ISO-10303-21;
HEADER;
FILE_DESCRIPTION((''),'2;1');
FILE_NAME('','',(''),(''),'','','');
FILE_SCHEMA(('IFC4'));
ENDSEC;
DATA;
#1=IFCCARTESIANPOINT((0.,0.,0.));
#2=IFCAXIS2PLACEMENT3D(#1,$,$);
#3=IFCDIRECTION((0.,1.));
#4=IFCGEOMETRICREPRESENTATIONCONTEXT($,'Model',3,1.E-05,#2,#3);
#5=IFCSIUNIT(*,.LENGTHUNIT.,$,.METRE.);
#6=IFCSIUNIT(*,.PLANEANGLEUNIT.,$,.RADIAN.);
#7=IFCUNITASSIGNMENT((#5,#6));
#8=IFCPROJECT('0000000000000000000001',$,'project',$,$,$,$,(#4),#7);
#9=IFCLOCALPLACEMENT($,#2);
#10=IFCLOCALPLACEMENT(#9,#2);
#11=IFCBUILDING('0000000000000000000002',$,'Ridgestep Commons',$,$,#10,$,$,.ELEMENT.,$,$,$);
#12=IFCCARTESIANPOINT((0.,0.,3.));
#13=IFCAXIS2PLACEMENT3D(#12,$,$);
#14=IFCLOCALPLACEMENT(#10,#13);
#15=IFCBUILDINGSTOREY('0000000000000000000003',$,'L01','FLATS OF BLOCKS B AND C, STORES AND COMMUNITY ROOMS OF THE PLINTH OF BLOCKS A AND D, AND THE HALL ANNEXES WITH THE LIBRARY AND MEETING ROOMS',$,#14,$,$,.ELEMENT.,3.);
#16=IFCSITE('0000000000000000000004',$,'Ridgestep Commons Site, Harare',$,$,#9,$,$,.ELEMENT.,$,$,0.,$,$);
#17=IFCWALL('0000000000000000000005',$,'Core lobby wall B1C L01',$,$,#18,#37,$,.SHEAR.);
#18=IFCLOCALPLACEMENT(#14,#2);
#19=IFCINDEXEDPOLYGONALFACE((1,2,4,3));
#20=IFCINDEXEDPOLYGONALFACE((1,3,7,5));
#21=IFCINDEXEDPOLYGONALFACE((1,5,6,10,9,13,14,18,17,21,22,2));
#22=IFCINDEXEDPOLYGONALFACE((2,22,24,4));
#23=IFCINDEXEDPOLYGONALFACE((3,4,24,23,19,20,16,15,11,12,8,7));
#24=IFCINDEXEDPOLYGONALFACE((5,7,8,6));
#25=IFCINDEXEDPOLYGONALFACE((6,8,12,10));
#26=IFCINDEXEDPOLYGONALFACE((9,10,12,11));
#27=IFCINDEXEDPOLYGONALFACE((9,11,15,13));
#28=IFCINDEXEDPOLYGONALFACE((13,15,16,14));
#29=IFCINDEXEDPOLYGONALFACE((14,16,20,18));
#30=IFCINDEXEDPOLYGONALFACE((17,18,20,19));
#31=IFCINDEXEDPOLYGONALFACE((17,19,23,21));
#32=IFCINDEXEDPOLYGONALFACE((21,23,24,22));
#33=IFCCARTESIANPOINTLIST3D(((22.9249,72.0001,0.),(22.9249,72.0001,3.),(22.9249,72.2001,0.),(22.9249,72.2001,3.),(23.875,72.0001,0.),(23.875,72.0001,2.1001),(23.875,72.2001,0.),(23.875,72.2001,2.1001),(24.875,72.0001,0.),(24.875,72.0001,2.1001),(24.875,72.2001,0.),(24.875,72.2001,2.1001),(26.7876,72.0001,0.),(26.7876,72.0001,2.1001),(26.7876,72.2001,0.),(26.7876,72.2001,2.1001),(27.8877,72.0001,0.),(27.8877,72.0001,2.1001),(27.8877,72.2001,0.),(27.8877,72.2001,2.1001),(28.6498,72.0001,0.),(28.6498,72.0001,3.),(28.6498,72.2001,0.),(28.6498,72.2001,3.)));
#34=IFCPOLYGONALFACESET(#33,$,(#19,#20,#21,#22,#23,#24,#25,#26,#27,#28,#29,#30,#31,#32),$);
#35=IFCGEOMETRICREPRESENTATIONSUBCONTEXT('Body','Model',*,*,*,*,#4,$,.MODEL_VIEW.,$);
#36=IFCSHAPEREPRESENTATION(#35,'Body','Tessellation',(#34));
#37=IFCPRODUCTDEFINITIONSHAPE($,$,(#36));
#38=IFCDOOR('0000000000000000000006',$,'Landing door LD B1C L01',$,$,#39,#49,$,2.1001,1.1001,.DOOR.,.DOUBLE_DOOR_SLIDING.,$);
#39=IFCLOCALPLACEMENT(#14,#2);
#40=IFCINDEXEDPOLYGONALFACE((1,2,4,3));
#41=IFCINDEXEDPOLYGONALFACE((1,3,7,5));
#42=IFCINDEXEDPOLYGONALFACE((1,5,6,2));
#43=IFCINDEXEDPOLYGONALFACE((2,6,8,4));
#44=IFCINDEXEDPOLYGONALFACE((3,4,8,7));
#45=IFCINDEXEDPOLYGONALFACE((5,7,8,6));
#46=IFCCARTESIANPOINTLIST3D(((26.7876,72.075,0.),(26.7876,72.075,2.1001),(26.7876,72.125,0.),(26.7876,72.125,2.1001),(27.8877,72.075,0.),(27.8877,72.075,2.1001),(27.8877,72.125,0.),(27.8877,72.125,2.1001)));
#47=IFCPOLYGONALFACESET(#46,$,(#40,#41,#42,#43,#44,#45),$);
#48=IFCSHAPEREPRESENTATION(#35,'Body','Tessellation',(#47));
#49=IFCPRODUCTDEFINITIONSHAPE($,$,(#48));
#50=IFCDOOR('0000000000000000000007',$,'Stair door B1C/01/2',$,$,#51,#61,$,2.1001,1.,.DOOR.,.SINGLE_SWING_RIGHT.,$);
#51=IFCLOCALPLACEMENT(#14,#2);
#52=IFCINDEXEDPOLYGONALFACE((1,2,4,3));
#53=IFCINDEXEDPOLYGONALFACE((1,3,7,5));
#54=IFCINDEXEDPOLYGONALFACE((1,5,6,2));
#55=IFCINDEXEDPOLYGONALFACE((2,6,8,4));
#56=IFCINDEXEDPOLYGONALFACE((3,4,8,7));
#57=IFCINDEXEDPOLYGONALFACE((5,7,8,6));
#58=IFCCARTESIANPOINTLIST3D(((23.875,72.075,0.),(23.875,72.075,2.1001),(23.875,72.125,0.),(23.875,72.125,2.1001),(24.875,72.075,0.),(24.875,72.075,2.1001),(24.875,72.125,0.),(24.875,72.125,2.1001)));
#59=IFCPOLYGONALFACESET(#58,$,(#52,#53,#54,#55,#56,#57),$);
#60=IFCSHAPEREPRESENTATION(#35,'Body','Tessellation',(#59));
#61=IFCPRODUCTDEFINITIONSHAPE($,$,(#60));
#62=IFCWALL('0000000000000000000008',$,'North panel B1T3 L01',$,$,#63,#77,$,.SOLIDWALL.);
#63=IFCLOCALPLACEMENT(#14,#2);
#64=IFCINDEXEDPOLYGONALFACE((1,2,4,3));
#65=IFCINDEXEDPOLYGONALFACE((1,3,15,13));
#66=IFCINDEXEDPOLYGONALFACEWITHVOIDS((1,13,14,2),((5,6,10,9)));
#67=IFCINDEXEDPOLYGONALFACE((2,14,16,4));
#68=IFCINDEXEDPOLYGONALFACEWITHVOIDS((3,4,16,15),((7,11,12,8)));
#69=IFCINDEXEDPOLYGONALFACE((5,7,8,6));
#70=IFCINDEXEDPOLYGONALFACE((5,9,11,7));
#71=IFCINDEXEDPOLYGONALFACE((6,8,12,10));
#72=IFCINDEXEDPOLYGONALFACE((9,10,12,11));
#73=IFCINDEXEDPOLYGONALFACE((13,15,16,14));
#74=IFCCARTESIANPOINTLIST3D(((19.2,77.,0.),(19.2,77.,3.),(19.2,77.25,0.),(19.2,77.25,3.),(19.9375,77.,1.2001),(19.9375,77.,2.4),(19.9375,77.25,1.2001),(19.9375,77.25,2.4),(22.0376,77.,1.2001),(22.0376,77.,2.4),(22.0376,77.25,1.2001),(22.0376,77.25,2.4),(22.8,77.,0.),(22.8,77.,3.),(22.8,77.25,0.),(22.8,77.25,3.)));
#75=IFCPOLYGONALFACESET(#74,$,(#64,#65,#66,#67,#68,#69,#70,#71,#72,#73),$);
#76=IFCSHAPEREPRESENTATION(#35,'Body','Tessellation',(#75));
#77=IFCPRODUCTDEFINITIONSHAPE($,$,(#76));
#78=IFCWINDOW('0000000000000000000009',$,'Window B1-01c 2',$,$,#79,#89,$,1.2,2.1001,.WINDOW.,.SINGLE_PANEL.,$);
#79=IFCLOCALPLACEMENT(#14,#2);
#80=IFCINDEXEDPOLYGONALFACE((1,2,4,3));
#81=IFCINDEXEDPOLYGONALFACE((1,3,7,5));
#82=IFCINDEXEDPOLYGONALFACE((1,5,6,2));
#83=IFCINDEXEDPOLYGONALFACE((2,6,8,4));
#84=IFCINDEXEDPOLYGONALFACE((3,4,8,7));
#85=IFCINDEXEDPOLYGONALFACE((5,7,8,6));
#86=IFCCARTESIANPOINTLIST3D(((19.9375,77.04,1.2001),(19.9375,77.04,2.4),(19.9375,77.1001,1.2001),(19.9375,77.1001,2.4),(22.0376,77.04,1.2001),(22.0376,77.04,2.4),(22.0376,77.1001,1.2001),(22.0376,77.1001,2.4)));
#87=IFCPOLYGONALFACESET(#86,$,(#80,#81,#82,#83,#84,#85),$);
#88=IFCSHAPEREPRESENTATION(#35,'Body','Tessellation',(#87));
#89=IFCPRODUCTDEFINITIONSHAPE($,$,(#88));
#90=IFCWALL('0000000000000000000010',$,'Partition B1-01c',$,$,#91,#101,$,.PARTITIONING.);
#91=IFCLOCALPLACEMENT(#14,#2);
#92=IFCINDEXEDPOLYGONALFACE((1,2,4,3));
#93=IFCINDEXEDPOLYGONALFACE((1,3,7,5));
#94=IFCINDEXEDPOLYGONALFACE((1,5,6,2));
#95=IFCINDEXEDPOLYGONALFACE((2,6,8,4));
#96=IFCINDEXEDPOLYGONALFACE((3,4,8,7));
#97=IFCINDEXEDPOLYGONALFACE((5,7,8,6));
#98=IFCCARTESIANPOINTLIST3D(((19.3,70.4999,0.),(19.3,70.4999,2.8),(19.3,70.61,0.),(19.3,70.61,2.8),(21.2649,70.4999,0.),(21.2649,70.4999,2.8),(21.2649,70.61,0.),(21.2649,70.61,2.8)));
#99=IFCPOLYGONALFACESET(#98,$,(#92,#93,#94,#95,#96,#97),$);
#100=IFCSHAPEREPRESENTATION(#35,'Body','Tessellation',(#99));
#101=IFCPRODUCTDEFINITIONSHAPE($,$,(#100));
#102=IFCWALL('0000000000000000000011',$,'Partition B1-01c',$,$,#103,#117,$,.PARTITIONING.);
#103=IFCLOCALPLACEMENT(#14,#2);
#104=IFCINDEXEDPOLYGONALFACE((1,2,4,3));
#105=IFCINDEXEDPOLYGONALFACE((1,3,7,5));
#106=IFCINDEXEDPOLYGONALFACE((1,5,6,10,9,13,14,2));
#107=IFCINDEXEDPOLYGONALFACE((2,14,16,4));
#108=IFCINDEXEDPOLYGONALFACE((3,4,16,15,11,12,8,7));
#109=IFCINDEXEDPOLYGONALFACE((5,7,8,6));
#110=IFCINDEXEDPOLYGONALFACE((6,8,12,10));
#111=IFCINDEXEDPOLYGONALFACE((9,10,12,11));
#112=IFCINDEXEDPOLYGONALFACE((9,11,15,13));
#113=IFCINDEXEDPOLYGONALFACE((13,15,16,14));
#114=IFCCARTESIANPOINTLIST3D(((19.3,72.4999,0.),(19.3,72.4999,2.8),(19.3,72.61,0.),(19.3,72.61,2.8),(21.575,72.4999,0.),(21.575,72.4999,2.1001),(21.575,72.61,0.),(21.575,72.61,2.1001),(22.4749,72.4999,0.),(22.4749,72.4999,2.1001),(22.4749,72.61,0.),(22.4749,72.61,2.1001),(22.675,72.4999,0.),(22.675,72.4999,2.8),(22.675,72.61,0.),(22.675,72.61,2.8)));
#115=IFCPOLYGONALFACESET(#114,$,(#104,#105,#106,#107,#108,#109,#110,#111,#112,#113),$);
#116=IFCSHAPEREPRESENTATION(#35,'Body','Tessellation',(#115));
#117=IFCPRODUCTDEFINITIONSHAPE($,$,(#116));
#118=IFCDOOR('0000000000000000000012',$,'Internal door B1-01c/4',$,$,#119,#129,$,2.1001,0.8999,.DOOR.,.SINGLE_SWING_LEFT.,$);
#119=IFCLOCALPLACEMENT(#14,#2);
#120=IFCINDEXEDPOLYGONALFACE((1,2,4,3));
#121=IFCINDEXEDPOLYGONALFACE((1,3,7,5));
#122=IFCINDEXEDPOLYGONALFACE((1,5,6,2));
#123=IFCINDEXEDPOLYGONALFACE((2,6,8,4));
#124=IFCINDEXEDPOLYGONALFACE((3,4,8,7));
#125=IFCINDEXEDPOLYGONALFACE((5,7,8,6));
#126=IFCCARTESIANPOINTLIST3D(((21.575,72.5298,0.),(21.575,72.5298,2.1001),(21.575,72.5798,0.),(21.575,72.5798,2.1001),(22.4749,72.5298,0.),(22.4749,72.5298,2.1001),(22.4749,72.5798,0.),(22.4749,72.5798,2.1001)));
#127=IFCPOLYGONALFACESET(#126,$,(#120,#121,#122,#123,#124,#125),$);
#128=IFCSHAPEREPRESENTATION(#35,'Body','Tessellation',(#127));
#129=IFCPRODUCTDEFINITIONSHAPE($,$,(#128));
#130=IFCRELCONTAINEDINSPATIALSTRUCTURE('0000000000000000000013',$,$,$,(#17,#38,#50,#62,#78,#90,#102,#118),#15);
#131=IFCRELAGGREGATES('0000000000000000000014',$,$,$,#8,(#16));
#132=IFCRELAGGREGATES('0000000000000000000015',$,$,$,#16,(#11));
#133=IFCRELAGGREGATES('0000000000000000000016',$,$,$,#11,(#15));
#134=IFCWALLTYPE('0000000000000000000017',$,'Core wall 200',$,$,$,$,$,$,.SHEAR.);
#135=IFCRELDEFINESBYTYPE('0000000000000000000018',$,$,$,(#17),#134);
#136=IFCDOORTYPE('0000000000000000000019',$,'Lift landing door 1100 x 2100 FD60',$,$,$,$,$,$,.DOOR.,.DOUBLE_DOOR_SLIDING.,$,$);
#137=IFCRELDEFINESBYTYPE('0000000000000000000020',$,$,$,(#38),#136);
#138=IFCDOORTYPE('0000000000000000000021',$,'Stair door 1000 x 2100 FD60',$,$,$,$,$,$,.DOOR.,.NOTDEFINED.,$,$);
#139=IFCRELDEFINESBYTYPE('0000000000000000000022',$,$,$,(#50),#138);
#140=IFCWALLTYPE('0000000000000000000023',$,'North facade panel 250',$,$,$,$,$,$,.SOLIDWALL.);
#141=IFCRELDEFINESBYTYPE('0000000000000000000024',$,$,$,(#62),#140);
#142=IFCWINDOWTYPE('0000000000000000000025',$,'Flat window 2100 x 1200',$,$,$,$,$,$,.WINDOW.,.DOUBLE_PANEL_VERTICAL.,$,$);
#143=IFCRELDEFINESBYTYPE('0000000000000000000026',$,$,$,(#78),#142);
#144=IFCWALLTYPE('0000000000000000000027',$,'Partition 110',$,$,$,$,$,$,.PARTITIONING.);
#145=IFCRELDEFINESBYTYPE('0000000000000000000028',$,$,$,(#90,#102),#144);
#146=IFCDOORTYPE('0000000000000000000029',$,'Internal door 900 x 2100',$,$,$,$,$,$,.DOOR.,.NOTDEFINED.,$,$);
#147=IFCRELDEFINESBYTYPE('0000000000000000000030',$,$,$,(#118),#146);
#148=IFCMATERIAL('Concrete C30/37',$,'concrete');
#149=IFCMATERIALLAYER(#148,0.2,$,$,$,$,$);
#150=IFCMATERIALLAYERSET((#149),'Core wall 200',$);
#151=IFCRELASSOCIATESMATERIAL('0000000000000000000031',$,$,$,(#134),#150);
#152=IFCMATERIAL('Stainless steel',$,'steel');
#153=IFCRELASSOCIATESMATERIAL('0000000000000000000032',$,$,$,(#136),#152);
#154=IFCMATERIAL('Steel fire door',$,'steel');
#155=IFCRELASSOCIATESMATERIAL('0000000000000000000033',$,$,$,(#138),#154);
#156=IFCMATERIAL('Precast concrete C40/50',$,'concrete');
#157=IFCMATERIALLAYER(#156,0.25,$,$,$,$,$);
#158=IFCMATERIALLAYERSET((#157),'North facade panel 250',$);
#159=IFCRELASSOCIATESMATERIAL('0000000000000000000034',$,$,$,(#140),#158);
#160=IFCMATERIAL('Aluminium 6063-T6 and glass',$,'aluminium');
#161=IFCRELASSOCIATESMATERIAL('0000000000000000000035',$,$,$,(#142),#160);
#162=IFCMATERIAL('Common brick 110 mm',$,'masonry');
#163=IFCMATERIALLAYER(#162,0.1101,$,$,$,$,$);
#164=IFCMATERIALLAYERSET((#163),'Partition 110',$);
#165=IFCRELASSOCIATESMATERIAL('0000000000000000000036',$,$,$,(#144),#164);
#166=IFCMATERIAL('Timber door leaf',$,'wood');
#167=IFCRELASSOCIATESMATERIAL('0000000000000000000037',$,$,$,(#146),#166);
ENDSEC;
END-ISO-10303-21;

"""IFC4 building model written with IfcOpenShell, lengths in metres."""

from ifc_helpers import new_model, si_unit, direction, frame, frame_2d, origin, place, context, subcontext, project, spatial, rectangle, extrude, material, layer, layer_set, type_object, element, fill, save


model = new_model("IFC4")

# Units and contexts
model_context = context("Model", 3, precision=1e-05, world=origin(), true_north=direction((0.0, 1.0)))
body_context = subcontext(model_context, "Body", "Model", "MODEL_VIEW")
ifc_project = project(units=[si_unit("LENGTHUNIT", "METRE"), si_unit("PLANEANGLEUNIT", "RADIAN")], contexts=[model_context])

# Site, building, storey
site_placement = place(None, origin())
site = spatial("IfcSite", under=ifc_project, at=site_placement, Name="Ridgestep Commons Site, Harare", CompositionType="ELEMENT", RefElevation=0.0)
building_placement = place(site_placement, origin())
building = spatial("IfcBuilding", under=site, at=building_placement, Name="Ridgestep Commons", CompositionType="ELEMENT")
storey_placement = place(building_placement, frame((0.0, 0.0, 3.0)))
storey = spatial("IfcBuildingStorey", under=building, at=storey_placement, Name="L01", Description="FLATS OF BLOCKS B AND C, STORES AND COMMUNITY ROOMS OF THE PLINTH OF BLOCKS A AND D, AND THE HALL ANNEXES WITH THE LIBRARY AND MEETING ROOMS", CompositionType="ELEMENT", Elevation=3.0)

# Wall, openings, doors
ifc_material_1 = material(Name="Concrete C30/37", Category="concrete")
ifc_layer_1 = layer(ifc_material_1, 0.2)
ifc_layer_set_1 = layer_set([ifc_layer_1], Name="Core wall 200")
wall_type_1 = type_object("IfcWallType", Name="Core wall 200", PredefinedType="SHEAR", material=ifc_layer_set_1)
wall_1_placement = place(storey_placement, frame((22.925, 72.1001, 0.0), z_axis=(0.0, 0.0, 1.0), x_axis=(1.0, 0.0, 0.0)))
wall_1 = element("IfcWall", 1, at=wall_1_placement, inside=storey, type_object=wall_type_1, Name="Core lobby wall B1C L01", PredefinedType="SHEAR", context=body_context, shape_type="SweptSolid", body=[
    extrude(rectangle(XDim=5.7249, YDim=0.2, at=frame_2d((2.8623, 0.0))), origin(), (0.0, 0.0, 1.0), 3.0),
])
opening_1_placement = place(wall_1_placement, frame((0.95, 0.0, 0.0)))
opening_1 = element("IfcOpeningElement", 2, at=opening_1_placement, cuts=wall_1, PredefinedType="OPENING", context=body_context, shape_type="SweptSolid", body=[
    extrude(rectangle(XDim=1.0, YDim=2.1001, at=frame_2d((0.5, 1.05))), frame((0.0, 0.1099, 0.0), z_axis=(0.0, -1.0, 0.0), x_axis=(1.0, 0.0, 0.0)), (0.0, 0.0, 1.0), 0.22),
])
opening_2_placement = place(wall_1_placement, frame((3.8625, 0.0, 0.0)))
opening_2 = element("IfcOpeningElement", 3, at=opening_2_placement, cuts=wall_1, PredefinedType="OPENING", context=body_context, shape_type="SweptSolid", body=[
    extrude(rectangle(XDim=1.1001, YDim=2.1001, at=frame_2d((0.55, 1.05))), frame((0.0, 0.1099, 0.0), z_axis=(0.0, -1.0, 0.0), x_axis=(1.0, 0.0, 0.0)), (0.0, 0.0, 1.0), 0.22),
])
ifc_material_2 = material(Name="Stainless steel", Category="steel")
door_type_1 = type_object("IfcDoorType", Name="Lift landing door 1100 x 2100 FD60", OperationType="DOUBLE_DOOR_SLIDING", PredefinedType="DOOR", material=ifc_material_2)
door_1_placement = place(opening_2_placement, origin())
door_1 = element("IfcDoor", 4, at=door_1_placement, inside=storey, type_object=door_type_1, Name="Landing door LD B1C L01", OperationType="DOUBLE_DOOR_SLIDING", OverallHeight=2.1001, OverallWidth=1.1001, PredefinedType="DOOR", context=body_context, shape_type="SweptSolid", body=[
    extrude(rectangle(XDim=1.1001, YDim=2.1001, at=frame_2d((0.55, 1.05))), frame((0.0, 0.0249, 0.0), z_axis=(0.0, -1.0, 0.0), x_axis=(1.0, 0.0, 0.0)), (0.0, 0.0, 1.0), 0.05),
])
fill(opening_2, door_1)
ifc_material_3 = material(Name="Steel fire door", Category="steel")
door_type_2 = type_object("IfcDoorType", Name="Stair door 1000 x 2100 FD60", OperationType="NOTDEFINED", PredefinedType="DOOR", material=ifc_material_3)
door_2_placement = place(opening_1_placement, origin())
door_2 = element("IfcDoor", 5, at=door_2_placement, inside=storey, type_object=door_type_2, Name="Stair door B1C/01/2", OperationType="SINGLE_SWING_RIGHT", OverallHeight=2.1001, OverallWidth=1.0, PredefinedType="DOOR", context=body_context, shape_type="SweptSolid", body=[
    extrude(rectangle(XDim=1.0, YDim=2.1001, at=frame_2d((0.5, 1.05))), frame((0.0, 0.0249, 0.0), z_axis=(0.0, -1.0, 0.0), x_axis=(1.0, 0.0, 0.0)), (0.0, 0.0, 1.0), 0.05),
])
fill(opening_1, door_2)

# Wall, opening, window
ifc_material_4 = material(Name="Precast concrete C40/50", Category="concrete")
ifc_layer_2 = layer(ifc_material_4, 0.25)
ifc_layer_set_2 = layer_set([ifc_layer_2], Name="North facade panel 250")
wall_type_2 = type_object("IfcWallType", Name="North facade panel 250", PredefinedType="SOLIDWALL", material=ifc_layer_set_2)
wall_2_placement = place(storey_placement, frame((19.2, 77.125, 0.0), z_axis=(0.0, 0.0, 1.0), x_axis=(1.0, 0.0, 0.0)))
wall_2 = element("IfcWall", 6, at=wall_2_placement, inside=storey, type_object=wall_type_2, Name="North panel B1T3 L01", PredefinedType="SOLIDWALL", context=body_context, shape_type="SweptSolid", body=[
    extrude(rectangle(XDim=3.6001, YDim=0.25, at=frame_2d((1.8, 0.0))), origin(), (0.0, 0.0, 1.0), 3.0),
])
opening_3_placement = place(wall_2_placement, frame((0.7375, 0.0, 1.2)))
opening_3 = element("IfcOpeningElement", 7, at=opening_3_placement, cuts=wall_2, PredefinedType="OPENING", context=body_context, shape_type="SweptSolid", body=[
    extrude(rectangle(XDim=2.1001, YDim=1.2, at=frame_2d((1.05, 0.6001))), frame((0.0, 0.135, 0.0), z_axis=(0.0, -1.0, 0.0), x_axis=(1.0, 0.0, 0.0)), (0.0, 0.0, 1.0), 0.27),
])
ifc_material_5 = material(Name="Aluminium 6063-T6 and glass", Category="aluminium")
window_type = type_object("IfcWindowType", Name="Flat window 2100 x 1200", PartitioningType="DOUBLE_PANEL_VERTICAL", PredefinedType="WINDOW", material=ifc_material_5)
window_placement = place(opening_3_placement, origin())
window = element("IfcWindow", 8, at=window_placement, inside=storey, type_object=window_type, Name="Window B1-01c 2", OverallHeight=1.2, OverallWidth=2.1001, PartitioningType="SINGLE_PANEL", PredefinedType="WINDOW", context=body_context, shape_type="SweptSolid", body=[
    extrude(rectangle(XDim=2.1001, YDim=1.2, at=frame_2d((1.05, 0.6001))), frame((0.0, -0.0249, 0.0), z_axis=(0.0, -1.0, 0.0), x_axis=(1.0, 0.0, 0.0)), (0.0, 0.0, 1.0), 0.0601),
])
fill(opening_3, window)

# Wall
ifc_material_6 = material(Name="Common brick 110 mm", Category="masonry")
ifc_layer_3 = layer(ifc_material_6, 0.1101)
ifc_layer_set_3 = layer_set([ifc_layer_3], Name="Partition 110")
wall_type_3 = type_object("IfcWallType", Name="Partition 110", PredefinedType="PARTITIONING", material=ifc_layer_set_3)
wall_3_placement = place(storey_placement, frame((19.3, 70.5549, 0.0), z_axis=(0.0, 0.0, 1.0), x_axis=(1.0, 0.0, 0.0)))
element("IfcWall", 9, at=wall_3_placement, inside=storey, type_object=wall_type_3, Name="Partition B1-01c", PredefinedType="PARTITIONING", context=body_context, shape_type="SweptSolid", body=[
    extrude(rectangle(XDim=1.9648, YDim=0.1101, at=frame_2d((0.9824, 0.0))), origin(), (0.0, 0.0, 1.0), 2.8),
])

# Wall, opening, door
wall_4_placement = place(storey_placement, frame((19.3, 72.5549, 0.0), z_axis=(0.0, 0.0, 1.0), x_axis=(1.0, 0.0, 0.0)))
wall_4 = element("IfcWall", 10, at=wall_4_placement, inside=storey, type_object=wall_type_3, Name="Partition B1-01c", PredefinedType="PARTITIONING", context=body_context, shape_type="SweptSolid", body=[
    extrude(rectangle(XDim=3.375, YDim=0.1101, at=frame_2d((1.6875, 0.0))), origin(), (0.0, 0.0, 1.0), 2.8),
])
opening_4_placement = place(wall_4_placement, frame((2.2749, 0.0, 0.0)))
opening_4 = element("IfcOpeningElement", 11, at=opening_4_placement, cuts=wall_4, PredefinedType="OPENING", context=body_context, shape_type="SweptSolid", body=[
    extrude(rectangle(XDim=0.8999, YDim=2.1001, at=frame_2d((0.45, 1.05))), frame((0.0, 0.0649, 0.0), z_axis=(0.0, -1.0, 0.0), x_axis=(1.0, 0.0, 0.0)), (0.0, 0.0, 1.0), 0.1301),
])
ifc_material_7 = material(Name="Timber door leaf", Category="wood")
door_type_3 = type_object("IfcDoorType", Name="Internal door 900 x 2100", OperationType="NOTDEFINED", PredefinedType="DOOR", material=ifc_material_7)
door_3_placement = place(opening_4_placement, origin())
door_3 = element("IfcDoor", 12, at=door_3_placement, inside=storey, type_object=door_type_3, Name="Internal door B1-01c/4", OperationType="SINGLE_SWING_LEFT", OverallHeight=2.1001, OverallWidth=0.8999, PredefinedType="DOOR", context=body_context, shape_type="SweptSolid", body=[
    extrude(rectangle(XDim=0.8999, YDim=2.1001, at=frame_2d((0.45, 1.05))), frame((0.0, 0.0249, 0.0), z_axis=(0.0, -1.0, 0.0), x_axis=(1.0, 0.0, 0.0)), (0.0, 0.0, 1.0), 0.05),
])
fill(opening_4, door_3)

save(model, "model.ifc")
